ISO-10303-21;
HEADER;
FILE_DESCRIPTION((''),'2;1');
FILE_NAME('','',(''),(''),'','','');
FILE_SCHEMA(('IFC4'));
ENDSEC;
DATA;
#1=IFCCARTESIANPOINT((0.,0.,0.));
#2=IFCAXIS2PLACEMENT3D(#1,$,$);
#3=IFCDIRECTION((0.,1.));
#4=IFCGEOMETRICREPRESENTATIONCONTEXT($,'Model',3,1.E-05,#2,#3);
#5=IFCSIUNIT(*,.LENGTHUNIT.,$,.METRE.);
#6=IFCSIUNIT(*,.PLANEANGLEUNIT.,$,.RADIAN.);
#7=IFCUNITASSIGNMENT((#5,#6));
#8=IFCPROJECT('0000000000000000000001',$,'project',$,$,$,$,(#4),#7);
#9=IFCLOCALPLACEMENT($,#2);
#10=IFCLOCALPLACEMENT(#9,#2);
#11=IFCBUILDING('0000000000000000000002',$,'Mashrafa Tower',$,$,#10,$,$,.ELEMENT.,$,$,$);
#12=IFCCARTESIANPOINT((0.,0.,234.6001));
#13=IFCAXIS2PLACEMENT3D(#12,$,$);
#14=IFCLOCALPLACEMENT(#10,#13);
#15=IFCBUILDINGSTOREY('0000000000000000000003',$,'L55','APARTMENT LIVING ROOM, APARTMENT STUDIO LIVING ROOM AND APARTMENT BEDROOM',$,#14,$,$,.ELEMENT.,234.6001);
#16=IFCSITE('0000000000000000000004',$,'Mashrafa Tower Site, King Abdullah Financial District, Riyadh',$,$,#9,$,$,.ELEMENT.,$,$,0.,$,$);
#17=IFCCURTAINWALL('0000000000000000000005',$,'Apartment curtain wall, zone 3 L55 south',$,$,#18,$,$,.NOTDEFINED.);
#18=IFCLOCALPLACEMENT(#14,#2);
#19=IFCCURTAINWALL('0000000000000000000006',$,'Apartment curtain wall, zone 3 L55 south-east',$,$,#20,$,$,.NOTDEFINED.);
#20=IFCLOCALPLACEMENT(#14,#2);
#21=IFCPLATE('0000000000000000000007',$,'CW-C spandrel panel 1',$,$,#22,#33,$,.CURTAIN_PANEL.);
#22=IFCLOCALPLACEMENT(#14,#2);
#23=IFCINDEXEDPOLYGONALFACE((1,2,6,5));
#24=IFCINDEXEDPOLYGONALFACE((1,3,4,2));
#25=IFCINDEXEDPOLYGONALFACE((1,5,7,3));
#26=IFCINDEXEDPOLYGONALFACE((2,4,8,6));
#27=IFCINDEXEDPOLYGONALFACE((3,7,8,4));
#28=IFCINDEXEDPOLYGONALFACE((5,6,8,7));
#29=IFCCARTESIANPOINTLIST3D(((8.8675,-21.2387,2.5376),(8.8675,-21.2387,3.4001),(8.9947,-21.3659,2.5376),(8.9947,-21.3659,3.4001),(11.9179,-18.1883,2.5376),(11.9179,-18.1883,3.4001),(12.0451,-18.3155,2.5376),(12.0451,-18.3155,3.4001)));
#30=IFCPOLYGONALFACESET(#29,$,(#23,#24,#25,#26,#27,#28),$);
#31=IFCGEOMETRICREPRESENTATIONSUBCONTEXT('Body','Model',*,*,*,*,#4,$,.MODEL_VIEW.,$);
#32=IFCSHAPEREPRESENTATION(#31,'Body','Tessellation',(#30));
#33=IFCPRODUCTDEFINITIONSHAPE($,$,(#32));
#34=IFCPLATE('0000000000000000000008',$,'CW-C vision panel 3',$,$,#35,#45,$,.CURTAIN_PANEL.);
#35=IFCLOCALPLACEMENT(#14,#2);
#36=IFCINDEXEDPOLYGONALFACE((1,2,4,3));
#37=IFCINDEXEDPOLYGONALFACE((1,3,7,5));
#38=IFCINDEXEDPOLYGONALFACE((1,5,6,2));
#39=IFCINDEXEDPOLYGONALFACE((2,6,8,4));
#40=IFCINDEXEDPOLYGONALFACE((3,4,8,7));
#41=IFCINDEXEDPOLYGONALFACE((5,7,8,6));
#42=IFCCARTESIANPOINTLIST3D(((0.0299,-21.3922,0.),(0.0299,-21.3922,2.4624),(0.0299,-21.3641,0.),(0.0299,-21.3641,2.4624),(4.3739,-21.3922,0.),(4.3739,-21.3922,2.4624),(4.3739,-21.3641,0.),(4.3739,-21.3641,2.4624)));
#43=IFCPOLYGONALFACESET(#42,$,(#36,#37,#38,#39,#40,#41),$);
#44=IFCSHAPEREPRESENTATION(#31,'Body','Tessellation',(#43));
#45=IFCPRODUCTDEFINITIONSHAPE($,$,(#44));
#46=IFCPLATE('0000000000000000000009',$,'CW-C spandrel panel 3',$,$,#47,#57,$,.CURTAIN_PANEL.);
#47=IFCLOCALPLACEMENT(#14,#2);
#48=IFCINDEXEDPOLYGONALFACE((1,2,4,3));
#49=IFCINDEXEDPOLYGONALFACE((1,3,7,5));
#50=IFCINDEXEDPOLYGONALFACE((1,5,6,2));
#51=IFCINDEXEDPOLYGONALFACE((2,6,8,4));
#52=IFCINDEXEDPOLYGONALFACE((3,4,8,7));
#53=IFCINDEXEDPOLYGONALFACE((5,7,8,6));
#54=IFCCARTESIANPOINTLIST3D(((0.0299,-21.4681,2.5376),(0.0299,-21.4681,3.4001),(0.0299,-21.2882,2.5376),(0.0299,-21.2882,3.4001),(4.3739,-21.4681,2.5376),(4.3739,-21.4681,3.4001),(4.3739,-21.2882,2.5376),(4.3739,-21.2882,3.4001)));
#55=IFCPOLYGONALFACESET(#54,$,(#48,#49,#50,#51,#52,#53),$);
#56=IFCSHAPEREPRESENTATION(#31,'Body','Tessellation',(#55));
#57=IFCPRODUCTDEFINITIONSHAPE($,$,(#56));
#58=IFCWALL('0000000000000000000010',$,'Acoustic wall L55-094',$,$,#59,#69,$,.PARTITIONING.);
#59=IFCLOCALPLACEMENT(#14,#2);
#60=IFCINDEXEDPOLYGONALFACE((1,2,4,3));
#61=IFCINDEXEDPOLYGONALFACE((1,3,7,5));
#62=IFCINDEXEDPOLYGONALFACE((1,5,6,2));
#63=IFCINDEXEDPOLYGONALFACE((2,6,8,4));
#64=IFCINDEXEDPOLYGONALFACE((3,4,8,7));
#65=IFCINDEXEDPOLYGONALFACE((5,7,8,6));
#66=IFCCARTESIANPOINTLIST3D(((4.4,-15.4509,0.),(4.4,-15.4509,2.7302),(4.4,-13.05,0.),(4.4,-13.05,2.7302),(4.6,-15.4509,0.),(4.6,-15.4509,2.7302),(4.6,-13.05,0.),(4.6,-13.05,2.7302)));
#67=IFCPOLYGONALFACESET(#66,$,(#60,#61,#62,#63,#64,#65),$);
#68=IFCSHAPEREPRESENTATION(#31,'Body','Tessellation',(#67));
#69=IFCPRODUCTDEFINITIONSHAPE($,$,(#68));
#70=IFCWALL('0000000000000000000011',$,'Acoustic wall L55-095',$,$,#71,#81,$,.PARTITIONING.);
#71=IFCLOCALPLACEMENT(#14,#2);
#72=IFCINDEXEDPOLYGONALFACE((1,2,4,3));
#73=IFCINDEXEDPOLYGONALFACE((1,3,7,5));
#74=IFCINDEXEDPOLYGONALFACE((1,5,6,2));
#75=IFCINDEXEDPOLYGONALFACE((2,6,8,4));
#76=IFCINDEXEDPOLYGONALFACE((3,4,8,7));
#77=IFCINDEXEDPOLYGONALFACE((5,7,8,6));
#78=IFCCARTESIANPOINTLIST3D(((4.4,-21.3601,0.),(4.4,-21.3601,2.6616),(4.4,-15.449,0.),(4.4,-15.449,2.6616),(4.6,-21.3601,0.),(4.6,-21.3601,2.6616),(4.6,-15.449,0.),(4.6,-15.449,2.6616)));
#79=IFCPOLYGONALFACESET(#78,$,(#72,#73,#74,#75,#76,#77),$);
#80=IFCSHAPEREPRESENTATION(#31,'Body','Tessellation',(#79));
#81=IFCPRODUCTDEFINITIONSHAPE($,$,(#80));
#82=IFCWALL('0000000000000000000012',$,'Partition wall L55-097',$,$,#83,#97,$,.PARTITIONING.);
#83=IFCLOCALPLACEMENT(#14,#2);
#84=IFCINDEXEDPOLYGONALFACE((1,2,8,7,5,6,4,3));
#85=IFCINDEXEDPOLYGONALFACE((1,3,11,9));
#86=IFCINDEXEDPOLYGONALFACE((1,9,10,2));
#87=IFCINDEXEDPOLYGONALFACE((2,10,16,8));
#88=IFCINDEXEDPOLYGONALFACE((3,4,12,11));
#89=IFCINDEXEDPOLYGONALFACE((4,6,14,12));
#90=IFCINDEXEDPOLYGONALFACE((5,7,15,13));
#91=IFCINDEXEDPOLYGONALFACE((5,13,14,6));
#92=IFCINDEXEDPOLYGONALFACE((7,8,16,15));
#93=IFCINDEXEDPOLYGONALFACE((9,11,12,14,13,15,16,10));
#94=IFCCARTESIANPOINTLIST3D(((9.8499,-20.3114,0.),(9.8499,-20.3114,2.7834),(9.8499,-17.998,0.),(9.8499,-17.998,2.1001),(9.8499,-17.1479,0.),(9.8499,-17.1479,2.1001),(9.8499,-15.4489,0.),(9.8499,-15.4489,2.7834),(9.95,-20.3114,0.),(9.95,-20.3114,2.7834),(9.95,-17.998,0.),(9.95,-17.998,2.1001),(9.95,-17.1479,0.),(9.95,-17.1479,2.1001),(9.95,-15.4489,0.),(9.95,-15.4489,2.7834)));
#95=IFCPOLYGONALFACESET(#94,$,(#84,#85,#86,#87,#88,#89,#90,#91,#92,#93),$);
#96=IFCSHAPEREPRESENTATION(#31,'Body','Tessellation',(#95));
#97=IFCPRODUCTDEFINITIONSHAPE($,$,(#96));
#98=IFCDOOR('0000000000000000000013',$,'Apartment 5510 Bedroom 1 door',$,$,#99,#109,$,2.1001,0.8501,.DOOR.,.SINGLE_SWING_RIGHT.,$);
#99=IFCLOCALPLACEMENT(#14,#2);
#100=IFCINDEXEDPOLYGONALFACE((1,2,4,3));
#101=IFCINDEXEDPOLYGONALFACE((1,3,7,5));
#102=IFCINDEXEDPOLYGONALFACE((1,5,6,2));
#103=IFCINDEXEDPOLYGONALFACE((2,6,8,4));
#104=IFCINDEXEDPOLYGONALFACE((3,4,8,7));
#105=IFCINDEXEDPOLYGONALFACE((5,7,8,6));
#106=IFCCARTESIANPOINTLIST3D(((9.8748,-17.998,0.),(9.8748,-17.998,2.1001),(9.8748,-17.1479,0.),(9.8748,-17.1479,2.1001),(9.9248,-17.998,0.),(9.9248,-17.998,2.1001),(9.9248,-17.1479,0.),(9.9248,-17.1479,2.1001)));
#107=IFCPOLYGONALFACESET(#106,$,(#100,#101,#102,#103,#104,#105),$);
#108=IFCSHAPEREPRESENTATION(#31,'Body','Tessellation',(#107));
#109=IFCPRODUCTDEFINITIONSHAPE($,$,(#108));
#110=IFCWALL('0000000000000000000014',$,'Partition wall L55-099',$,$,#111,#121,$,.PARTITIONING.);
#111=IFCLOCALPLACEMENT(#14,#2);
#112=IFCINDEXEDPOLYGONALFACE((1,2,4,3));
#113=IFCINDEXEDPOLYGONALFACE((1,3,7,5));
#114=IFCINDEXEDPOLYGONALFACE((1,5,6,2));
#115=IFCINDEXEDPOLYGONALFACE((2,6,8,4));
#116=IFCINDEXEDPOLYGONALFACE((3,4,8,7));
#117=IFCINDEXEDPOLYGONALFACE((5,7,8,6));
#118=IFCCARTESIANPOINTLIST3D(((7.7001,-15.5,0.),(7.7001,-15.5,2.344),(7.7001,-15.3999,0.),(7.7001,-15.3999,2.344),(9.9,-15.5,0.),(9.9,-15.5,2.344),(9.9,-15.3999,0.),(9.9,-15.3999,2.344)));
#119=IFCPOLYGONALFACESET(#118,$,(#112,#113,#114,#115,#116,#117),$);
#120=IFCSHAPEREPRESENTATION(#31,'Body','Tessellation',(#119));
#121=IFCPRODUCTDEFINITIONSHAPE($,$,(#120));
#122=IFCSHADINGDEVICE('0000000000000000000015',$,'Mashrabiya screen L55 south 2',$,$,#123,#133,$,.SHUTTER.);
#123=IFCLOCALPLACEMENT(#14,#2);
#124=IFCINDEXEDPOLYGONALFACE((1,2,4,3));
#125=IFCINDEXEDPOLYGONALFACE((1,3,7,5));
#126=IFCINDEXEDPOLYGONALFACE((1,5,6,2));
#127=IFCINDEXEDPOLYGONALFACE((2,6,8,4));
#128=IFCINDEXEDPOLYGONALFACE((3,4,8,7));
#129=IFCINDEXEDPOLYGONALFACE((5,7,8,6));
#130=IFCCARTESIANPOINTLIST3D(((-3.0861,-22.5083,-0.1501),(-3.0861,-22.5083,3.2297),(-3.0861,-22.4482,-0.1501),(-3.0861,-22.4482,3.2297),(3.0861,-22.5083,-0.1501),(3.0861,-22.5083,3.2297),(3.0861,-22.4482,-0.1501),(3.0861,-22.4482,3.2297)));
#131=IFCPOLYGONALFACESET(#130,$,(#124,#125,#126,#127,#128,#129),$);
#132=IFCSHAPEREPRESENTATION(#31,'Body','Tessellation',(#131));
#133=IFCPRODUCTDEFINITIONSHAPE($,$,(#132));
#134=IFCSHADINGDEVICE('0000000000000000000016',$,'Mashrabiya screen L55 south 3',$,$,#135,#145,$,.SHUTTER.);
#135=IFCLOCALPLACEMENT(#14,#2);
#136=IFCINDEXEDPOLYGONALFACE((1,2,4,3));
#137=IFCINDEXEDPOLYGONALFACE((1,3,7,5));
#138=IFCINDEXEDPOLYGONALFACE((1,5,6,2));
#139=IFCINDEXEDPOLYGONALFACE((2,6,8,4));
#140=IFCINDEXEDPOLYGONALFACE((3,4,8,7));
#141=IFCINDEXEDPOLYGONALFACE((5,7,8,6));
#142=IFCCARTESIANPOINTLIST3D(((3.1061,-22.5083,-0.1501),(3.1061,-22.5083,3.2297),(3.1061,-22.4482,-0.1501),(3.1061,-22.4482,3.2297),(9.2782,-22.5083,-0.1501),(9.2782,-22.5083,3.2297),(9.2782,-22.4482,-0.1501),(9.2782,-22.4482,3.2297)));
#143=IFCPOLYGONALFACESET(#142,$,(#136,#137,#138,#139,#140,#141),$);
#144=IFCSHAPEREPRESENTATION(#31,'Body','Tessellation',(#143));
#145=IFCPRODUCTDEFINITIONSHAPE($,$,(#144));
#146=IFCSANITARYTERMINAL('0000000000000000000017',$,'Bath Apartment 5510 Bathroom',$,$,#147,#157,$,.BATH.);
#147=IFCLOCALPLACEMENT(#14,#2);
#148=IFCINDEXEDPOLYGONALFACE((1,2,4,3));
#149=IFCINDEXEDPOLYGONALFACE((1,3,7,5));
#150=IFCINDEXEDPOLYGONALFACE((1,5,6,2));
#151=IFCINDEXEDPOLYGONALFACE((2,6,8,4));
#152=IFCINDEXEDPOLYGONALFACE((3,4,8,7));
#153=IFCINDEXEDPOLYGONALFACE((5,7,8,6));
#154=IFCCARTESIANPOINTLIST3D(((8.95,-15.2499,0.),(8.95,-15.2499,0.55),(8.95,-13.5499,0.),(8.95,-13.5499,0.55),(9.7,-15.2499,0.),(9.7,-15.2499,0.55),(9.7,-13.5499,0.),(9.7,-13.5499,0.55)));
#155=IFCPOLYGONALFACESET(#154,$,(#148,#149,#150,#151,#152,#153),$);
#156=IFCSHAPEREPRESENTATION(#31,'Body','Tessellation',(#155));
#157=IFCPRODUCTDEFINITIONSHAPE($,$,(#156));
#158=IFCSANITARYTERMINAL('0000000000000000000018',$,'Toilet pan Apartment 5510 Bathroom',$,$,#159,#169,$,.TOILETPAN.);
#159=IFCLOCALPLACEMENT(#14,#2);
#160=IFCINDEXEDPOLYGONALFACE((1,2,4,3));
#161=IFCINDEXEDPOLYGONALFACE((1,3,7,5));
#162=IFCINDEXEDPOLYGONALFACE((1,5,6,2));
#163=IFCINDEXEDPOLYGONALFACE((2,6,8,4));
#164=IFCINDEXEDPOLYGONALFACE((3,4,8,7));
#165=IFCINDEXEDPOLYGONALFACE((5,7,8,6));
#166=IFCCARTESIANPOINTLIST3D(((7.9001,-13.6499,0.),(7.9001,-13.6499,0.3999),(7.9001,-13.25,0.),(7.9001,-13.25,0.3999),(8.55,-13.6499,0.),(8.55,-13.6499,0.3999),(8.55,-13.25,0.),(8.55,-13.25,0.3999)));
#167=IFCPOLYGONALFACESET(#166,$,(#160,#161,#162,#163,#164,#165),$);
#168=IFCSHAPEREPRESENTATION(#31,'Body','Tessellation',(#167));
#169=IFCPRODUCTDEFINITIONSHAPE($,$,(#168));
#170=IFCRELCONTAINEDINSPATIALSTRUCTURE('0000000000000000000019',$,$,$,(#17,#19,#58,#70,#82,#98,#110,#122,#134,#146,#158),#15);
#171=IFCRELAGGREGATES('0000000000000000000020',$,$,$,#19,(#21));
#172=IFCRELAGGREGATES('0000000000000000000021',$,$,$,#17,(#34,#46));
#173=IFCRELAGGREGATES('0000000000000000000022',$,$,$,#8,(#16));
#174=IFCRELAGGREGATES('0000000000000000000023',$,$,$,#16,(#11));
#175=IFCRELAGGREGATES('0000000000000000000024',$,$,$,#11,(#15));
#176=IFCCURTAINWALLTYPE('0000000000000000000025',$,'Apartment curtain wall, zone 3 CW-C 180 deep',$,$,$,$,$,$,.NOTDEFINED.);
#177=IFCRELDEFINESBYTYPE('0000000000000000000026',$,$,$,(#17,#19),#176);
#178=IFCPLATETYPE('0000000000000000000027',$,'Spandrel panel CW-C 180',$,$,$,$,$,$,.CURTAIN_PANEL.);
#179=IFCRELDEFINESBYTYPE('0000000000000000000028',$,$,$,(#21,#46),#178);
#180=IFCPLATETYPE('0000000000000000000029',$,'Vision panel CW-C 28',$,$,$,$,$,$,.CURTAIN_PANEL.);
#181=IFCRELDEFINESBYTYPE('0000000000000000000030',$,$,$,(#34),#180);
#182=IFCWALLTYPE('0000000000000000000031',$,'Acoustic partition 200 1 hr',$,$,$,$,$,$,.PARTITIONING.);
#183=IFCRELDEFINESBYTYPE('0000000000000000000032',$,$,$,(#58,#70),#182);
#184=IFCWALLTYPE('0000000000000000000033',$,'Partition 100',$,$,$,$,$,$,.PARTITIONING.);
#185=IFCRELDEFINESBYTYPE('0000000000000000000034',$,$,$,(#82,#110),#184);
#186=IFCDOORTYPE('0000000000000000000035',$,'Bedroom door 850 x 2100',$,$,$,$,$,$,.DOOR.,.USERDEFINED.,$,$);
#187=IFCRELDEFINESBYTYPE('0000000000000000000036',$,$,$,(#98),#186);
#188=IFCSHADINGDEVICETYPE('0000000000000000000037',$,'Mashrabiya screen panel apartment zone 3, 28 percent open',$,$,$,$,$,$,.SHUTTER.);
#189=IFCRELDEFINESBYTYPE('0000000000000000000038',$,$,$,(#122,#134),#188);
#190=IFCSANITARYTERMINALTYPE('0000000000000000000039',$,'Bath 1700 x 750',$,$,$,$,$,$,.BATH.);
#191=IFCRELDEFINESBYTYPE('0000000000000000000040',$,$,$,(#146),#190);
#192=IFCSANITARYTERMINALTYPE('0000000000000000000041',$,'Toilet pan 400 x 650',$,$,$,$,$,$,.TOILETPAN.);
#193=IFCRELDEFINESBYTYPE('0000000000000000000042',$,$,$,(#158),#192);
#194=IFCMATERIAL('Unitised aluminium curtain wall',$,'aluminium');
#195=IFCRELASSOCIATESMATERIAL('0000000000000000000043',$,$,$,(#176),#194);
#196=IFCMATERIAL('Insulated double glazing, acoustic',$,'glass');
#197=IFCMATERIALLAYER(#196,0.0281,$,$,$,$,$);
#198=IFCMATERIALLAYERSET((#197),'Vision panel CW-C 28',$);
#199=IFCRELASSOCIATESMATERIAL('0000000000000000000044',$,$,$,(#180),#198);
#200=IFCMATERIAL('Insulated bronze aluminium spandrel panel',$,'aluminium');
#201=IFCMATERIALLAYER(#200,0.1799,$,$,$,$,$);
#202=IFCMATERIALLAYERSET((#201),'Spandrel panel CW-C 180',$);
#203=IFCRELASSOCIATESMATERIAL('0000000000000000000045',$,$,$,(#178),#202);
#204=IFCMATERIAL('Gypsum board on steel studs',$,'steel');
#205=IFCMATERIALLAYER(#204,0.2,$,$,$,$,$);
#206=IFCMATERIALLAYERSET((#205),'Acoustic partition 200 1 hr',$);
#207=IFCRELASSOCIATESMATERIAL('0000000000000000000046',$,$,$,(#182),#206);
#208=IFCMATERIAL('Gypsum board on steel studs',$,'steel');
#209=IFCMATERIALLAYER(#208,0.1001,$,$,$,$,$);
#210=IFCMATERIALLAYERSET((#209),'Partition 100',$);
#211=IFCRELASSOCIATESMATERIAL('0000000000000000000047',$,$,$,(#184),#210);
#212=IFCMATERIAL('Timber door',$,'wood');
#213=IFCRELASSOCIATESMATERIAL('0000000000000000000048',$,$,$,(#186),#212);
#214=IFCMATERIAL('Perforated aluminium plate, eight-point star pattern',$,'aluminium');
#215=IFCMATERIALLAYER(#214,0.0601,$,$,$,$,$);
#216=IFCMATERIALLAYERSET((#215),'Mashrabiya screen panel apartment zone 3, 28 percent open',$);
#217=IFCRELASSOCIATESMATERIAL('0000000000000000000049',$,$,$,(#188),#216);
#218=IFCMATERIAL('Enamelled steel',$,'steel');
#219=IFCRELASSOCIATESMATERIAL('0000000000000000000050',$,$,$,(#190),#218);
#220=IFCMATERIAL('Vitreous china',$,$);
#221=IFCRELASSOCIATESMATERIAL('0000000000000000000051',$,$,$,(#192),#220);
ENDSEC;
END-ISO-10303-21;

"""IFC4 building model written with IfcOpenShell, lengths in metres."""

from ifc_helpers import new_model, si_unit, direction, frame, frame_2d, origin, origin_2d, place, context, subcontext, project, spatial, rectangle, extrude, source, transform, mapped, material, layer, layer_set, type_object, type_shapes, element, fill, aggregate, save


model = new_model("IFC4")

# Units and contexts
model_context = context("Model", 3, precision=1e-05, world=origin(), true_north=direction((0.0, 1.0)))
body_context = subcontext(model_context, "Body", "Model", "MODEL_VIEW")
ifc_project = project(units=[si_unit("LENGTHUNIT", "METRE"), si_unit("PLANEANGLEUNIT", "RADIAN")], contexts=[model_context])

# Site, building, storey
site_placement = place(None, origin())
site = spatial("IfcSite", under=ifc_project, at=site_placement, Name="Mashrafa Tower Site, King Abdullah Financial District, Riyadh", CompositionType="ELEMENT", RefElevation=0.0)
building_placement = place(site_placement, origin())
building = spatial("IfcBuilding", under=site, at=building_placement, Name="Mashrafa Tower", CompositionType="ELEMENT")
storey_placement = place(building_placement, frame((0.0, 0.0, 234.6001)))
storey = spatial("IfcBuildingStorey", under=building, at=storey_placement, Name="L55", Description="APARTMENT LIVING ROOM, APARTMENT STUDIO LIVING ROOM AND APARTMENT BEDROOM", CompositionType="ELEMENT", Elevation=234.6001)

# Curtain wall
ifc_material_1 = material(Name="Unitised aluminium curtain wall", Category="aluminium")
curtain_wall_type = type_object("IfcCurtainWallType", Name="Apartment curtain wall, zone 3 CW-C 180 deep", PredefinedType="NOTDEFINED", material=ifc_material_1)
curtain_wall_1_placement = place(storey_placement, origin())
curtain_wall_1 = element("IfcCurtainWall", 1, at=curtain_wall_1_placement, inside=storey, type_object=curtain_wall_type, Name="Apartment curtain wall, zone 3 L55 south", PredefinedType="NOTDEFINED")

# Curtain wall
curtain_wall_2_placement = place(storey_placement, origin())
curtain_wall_2 = element("IfcCurtainWall", 2, at=curtain_wall_2_placement, inside=storey, type_object=curtain_wall_type, Name="Apartment curtain wall, zone 3 L55 south-east", PredefinedType="NOTDEFINED")

# Plates
ifc_material_2 = material(Name="Insulated double glazing, acoustic", Category="glass")
ifc_layer_1 = layer(ifc_material_2, 0.0281)
ifc_layer_set_1 = layer_set([ifc_layer_1], Name="Vision panel CW-C 28")
plate_type_1 = type_object("IfcPlateType", Name="Vision panel CW-C 28", PredefinedType="CURTAIN_PANEL", material=ifc_layer_set_1)
ifc_material_3 = material(Name="Insulated bronze aluminium spandrel panel", Category="aluminium")
ifc_layer_2 = layer(ifc_material_3, 0.1799)
ifc_layer_set_2 = layer_set([ifc_layer_2], Name="Spandrel panel CW-C 180")
plate_type_2 = type_object("IfcPlateType", Name="Spandrel panel CW-C 180", PredefinedType="CURTAIN_PANEL", material=ifc_layer_set_2)
shared_shape_1 = source(origin(), body_context, "Body", "SweptSolid", [
    extrude(rectangle(XDim=4.314, YDim=0.1799, at=origin_2d()), origin(), (0.0, 0.0, 1.0), 0.8625),
])
plate_1_placement = place(storey_placement, frame((10.4563, -19.7771, 2.5376), z_axis=(0.0, 0.0, 1.0), x_axis=(0.707107, 0.707107, 0.0)))
plate_1 = element("IfcPlate", 3, at=plate_1_placement, type_object=plate_type_2, Name="CW-C spandrel panel 1", PredefinedType="CURTAIN_PANEL", context=body_context, shape_type="MappedRepresentation", body=[
    mapped(shared_shape_1, transform((0.0, 0.0, 0.0))),
])
aggregate(curtain_wall_2, [plate_1])
shared_shape_2 = source(origin(), body_context, "Body", "SweptSolid", [
    extrude(rectangle(XDim=4.344, YDim=0.0281, at=origin_2d()), origin(), (0.0, 0.0, 1.0), 2.4624),
])
plate_2_placement = place(storey_placement, frame((2.2019, -21.3782, 0.0), z_axis=(0.0, 0.0, 1.0), x_axis=(1.0, 0.0, 0.0)))
plate_2 = element("IfcPlate", 4, at=plate_2_placement, type_object=plate_type_1, Name="CW-C vision panel 3", PredefinedType="CURTAIN_PANEL", context=body_context, shape_type="MappedRepresentation", body=[
    mapped(shared_shape_2, transform((0.0, 0.0, 0.0))),
])
shared_shape_3 = source(origin(), body_context, "Body", "SweptSolid", [
    extrude(rectangle(XDim=4.344, YDim=0.1799, at=origin_2d()), origin(), (0.0, 0.0, 1.0), 0.8625),
])
type_shapes(plate_type_2, [shared_shape_1, shared_shape_3])
plate_3_placement = place(storey_placement, frame((2.2019, -21.3782, 2.5376), z_axis=(0.0, 0.0, 1.0), x_axis=(1.0, 0.0, 0.0)))
plate_3 = element("IfcPlate", 5, at=plate_3_placement, type_object=plate_type_2, Name="CW-C spandrel panel 3", PredefinedType="CURTAIN_PANEL", context=body_context, shape_type="MappedRepresentation", body=[
    mapped(shared_shape_3, transform((0.0, 0.0, 0.0))),
])
aggregate(curtain_wall_1, [plate_2, plate_3])

# Walls
ifc_material_4 = material(Name="Gypsum board on steel studs", Category="steel")
ifc_layer_3 = layer(ifc_material_4, 0.2)
ifc_layer_set_3 = layer_set([ifc_layer_3], Name="Acoustic partition 200 1 hr")
wall_type_1 = type_object("IfcWallType", Name="Acoustic partition 200 1 hr", PredefinedType="PARTITIONING", material=ifc_layer_set_3)
wall_1_placement = place(storey_placement, frame((4.5, -15.4509, 0.0), z_axis=(0.0, 0.0, 1.0), x_axis=(0.0, 1.0, 0.0)))
element("IfcWall", 6, at=wall_1_placement, inside=storey, type_object=wall_type_1, Name="Acoustic wall L55-094", PredefinedType="PARTITIONING", context=body_context, shape_type="SweptSolid", body=[
    extrude(rectangle(XDim=2.4009, YDim=0.2, at=frame_2d((1.2004, 0.0))), origin(), (0.0, 0.0, 1.0), 2.7302),
])
wall_2_placement = place(storey_placement, frame((4.5, -21.3601, 0.0), z_axis=(0.0, 0.0, 1.0), x_axis=(0.0, 1.0, 0.0)))
element("IfcWall", 7, at=wall_2_placement, inside=storey, type_object=wall_type_1, Name="Acoustic wall L55-095", PredefinedType="PARTITIONING", context=body_context, shape_type="SweptSolid", body=[
    extrude(rectangle(XDim=5.9111, YDim=0.2, at=frame_2d((2.9556, 0.0))), origin(), (0.0, 0.0, 1.0), 2.6616),
])

# Wall, opening, door
ifc_material_5 = material(Name="Gypsum board on steel studs", Category="steel")
ifc_layer_4 = layer(ifc_material_5, 0.1001)
ifc_layer_set_4 = layer_set([ifc_layer_4], Name="Partition 100")
wall_type_2 = type_object("IfcWallType", Name="Partition 100", PredefinedType="PARTITIONING", material=ifc_layer_set_4)
wall_3_placement = place(storey_placement, frame((9.8999, -15.449, 0.0), z_axis=(0.0, 0.0, 1.0), x_axis=(0.0, -1.0, 0.0)))
wall_3 = element("IfcWall", 8, at=wall_3_placement, inside=storey, type_object=wall_type_2, Name="Partition wall L55-097", PredefinedType="PARTITIONING", context=body_context, shape_type="SweptSolid", body=[
    extrude(rectangle(XDim=4.8625, YDim=0.1001, at=frame_2d((2.4312, 0.0))), origin(), (0.0, 0.0, 1.0), 2.7834),
])
opening_placement = place(wall_3_placement, frame((1.699, 0.0, 0.0)))
opening = element("IfcOpeningElement", 9, at=opening_placement, cuts=wall_3, PredefinedType="OPENING", context=body_context, shape_type="SweptSolid", body=[
    extrude(rectangle(XDim=0.8501, YDim=2.1001, at=frame_2d((0.425, 1.05))), frame((0.0, 0.0601, 0.0), z_axis=(0.0, -1.0, 0.0), x_axis=(1.0, 0.0, 0.0)), (0.0, 0.0, 1.0), 0.1201),
])
ifc_material_6 = material(Name="Timber door", Category="wood")
door_type = type_object("IfcDoorType", Name="Bedroom door 850 x 2100", OperationType="USERDEFINED", PredefinedType="DOOR", material=ifc_material_6)
door_placement = place(opening_placement, origin())
door = element("IfcDoor", 10, at=door_placement, inside=storey, type_object=door_type, Name="Apartment 5510 Bedroom 1 door", OperationType="SINGLE_SWING_RIGHT", OverallHeight=2.1001, OverallWidth=0.8501, PredefinedType="DOOR", context=body_context, shape_type="SweptSolid", body=[
    extrude(rectangle(XDim=0.8501, YDim=2.1001, at=frame_2d((0.425, 1.05))), frame((0.0, 0.0249, 0.0), z_axis=(0.0, -1.0, 0.0), x_axis=(1.0, 0.0, 0.0)), (0.0, 0.0, 1.0), 0.05),
])
fill(opening, door)

# Wall
wall_4_placement = place(storey_placement, frame((7.7, -15.45, 0.0), z_axis=(0.0, 0.0, 1.0), x_axis=(1.0, 0.0, 0.0)))
element("IfcWall", 11, at=wall_4_placement, inside=storey, type_object=wall_type_2, Name="Partition wall L55-099", PredefinedType="PARTITIONING", context=body_context, shape_type="SweptSolid", body=[
    extrude(rectangle(XDim=2.2, YDim=0.1001, at=frame_2d((1.1001, 0.0))), origin(), (0.0, 0.0, 1.0), 2.344),
])

# Shading devices
ifc_material_7 = material(Name="Perforated aluminium plate, eight-point star pattern", Category="aluminium")
ifc_layer_5 = layer(ifc_material_7, 0.0601)
ifc_layer_set_5 = layer_set([ifc_layer_5], Name="Mashrabiya screen panel apartment zone 3, 28 percent open")
shading_device_type = type_object("IfcShadingDeviceType", Name="Mashrabiya screen panel apartment zone 3, 28 percent open", PredefinedType="SHUTTER", material=ifc_layer_set_5)
shared_shape_4 = source(origin(), body_context, "Body", "SweptSolid", [
    extrude(rectangle(XDim=6.1721, YDim=0.0601, at=origin_2d()), origin(), (0.0, 0.0, 1.0), 3.3799),
])
type_shapes(shading_device_type, [shared_shape_4])
for number, where, z_axis, x_axis, name in (
    (12, (0.0, -22.4783, -0.1501), (0.0, 0.0, 1.0), (1.0, 0.0, 0.0), "Mashrabiya screen L55 south 2"),
    (13, (6.1921, -22.4783, -0.1501), (0.0, 0.0, 1.0), (1.0, 0.0, 0.0), "Mashrabiya screen L55 south 3"),
):
    element("IfcShadingDevice", number, at=place(storey_placement, frame(where, z_axis=z_axis, x_axis=x_axis)), inside=storey, type_object=shading_device_type, Name=name, PredefinedType="SHUTTER", context=body_context, shape_type="MappedRepresentation", body=[
        mapped(shared_shape_4, transform((0.0, 0.0, 0.0))),
    ])

# Sanitary terminals
ifc_material_8 = material(Name="Enamelled steel", Category="steel")
sanitary_terminal_type_1 = type_object("IfcSanitaryTerminalType", Name="Bath 1700 x 750", PredefinedType="BATH", material=ifc_material_8)
sanitary_terminal_1_placement = place(storey_placement, frame((9.325, -14.3999, 0.0), z_axis=(0.0, 0.0, 1.0), x_axis=(0.0, 1.0, 0.0)))
element("IfcSanitaryTerminal", 14, at=sanitary_terminal_1_placement, inside=storey, type_object=sanitary_terminal_type_1, Name="Bath Apartment 5510 Bathroom", PredefinedType="BATH", context=body_context, shape_type="SweptSolid", body=[
    extrude(rectangle(XDim=1.7, YDim=0.75, at=origin_2d()), origin(), (0.0, 0.0, 1.0), 0.55),
])
ifc_material_9 = material(Name="Vitreous china")
sanitary_terminal_type_2 = type_object("IfcSanitaryTerminalType", Name="Toilet pan 400 x 650", PredefinedType="TOILETPAN", material=ifc_material_9)
sanitary_terminal_2_placement = place(storey_placement, frame((8.2251, -13.45, 0.0), z_axis=(0.0, 0.0, 1.0), x_axis=(0.0, -1.0, 0.0)))
element("IfcSanitaryTerminal", 15, at=sanitary_terminal_2_placement, inside=storey, type_object=sanitary_terminal_type_2, Name="Toilet pan Apartment 5510 Bathroom", PredefinedType="TOILETPAN", context=body_context, shape_type="SweptSolid", body=[
    extrude(rectangle(XDim=0.3999, YDim=0.6499, at=origin_2d()), origin(), (0.0, 0.0, 1.0), 0.3999),
])

save(model, "model.ifc")
